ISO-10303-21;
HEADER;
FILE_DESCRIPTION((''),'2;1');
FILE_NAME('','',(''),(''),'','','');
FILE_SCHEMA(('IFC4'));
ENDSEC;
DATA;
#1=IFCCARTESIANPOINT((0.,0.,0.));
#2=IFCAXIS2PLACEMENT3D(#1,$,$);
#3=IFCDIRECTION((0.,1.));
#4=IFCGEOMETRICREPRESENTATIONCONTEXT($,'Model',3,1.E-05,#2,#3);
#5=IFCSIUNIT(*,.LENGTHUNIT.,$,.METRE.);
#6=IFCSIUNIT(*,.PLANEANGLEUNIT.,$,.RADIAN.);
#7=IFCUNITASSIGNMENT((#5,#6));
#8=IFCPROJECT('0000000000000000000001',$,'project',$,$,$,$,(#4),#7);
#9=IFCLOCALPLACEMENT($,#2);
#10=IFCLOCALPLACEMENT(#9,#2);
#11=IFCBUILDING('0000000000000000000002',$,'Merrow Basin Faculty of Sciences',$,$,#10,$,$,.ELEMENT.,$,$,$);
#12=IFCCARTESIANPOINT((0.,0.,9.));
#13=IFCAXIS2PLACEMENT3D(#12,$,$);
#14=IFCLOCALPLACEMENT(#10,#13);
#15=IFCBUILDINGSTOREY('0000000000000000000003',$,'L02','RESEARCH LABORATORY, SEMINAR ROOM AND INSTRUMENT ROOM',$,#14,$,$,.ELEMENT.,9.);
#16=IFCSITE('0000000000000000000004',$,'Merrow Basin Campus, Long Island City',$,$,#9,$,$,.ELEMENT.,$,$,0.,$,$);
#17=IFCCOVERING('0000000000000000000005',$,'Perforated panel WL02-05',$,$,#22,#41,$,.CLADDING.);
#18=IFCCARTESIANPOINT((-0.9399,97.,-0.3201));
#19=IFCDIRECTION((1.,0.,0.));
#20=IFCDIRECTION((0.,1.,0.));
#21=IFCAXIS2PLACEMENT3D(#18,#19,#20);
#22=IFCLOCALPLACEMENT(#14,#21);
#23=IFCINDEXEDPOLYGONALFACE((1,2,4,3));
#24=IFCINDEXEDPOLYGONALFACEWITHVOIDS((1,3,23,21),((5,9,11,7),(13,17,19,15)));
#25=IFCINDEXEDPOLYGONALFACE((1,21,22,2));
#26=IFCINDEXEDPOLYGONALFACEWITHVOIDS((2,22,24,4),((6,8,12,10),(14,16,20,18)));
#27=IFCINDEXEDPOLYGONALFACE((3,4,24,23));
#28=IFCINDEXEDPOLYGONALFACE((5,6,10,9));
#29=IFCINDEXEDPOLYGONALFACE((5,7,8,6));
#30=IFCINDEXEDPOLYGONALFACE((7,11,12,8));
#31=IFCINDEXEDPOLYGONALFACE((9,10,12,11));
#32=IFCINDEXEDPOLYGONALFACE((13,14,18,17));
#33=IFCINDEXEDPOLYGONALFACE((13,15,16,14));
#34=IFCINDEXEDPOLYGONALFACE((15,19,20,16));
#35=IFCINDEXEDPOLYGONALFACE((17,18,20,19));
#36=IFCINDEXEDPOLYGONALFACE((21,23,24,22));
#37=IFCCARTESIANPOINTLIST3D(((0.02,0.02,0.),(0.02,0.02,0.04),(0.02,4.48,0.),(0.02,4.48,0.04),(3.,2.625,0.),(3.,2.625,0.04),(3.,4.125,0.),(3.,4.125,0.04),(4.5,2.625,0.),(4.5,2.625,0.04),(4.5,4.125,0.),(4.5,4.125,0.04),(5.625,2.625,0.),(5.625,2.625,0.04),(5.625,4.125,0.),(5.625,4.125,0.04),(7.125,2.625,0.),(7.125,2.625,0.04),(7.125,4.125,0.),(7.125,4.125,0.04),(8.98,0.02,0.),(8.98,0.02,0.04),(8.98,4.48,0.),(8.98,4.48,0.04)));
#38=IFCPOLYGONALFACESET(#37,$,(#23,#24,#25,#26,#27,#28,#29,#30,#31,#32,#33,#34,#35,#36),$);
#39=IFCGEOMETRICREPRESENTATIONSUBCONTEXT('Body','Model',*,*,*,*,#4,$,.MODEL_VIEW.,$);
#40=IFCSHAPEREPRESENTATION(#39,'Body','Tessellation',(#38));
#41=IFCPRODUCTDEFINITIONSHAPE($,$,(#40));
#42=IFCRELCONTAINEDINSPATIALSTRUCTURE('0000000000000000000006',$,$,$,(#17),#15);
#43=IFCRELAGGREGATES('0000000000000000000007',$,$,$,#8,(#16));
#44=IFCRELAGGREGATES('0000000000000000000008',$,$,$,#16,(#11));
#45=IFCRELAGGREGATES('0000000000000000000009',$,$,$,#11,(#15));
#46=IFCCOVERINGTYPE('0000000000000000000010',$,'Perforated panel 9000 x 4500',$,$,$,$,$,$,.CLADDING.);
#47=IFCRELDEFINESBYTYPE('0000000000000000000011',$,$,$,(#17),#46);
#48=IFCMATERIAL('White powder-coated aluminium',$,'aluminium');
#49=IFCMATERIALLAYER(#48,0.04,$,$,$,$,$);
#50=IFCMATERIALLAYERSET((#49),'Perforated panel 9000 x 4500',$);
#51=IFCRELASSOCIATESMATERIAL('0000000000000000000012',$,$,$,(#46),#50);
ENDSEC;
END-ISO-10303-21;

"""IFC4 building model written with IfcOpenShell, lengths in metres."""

from ifc_helpers import new_model, si_unit, direction, frame, origin, place, context, subcontext, project, spatial, polyline, outline, extrude, source, transform, mapped, material, layer, layer_set, type_object, element, save


model = new_model("IFC4")

# Units and contexts
model_context = context("Model", 3, precision=1e-05, world=origin(), true_north=direction((0.0, 1.0)))
body_context = subcontext(model_context, "Body", "Model", "MODEL_VIEW")
ifc_project = project(units=[si_unit("LENGTHUNIT", "METRE"), si_unit("PLANEANGLEUNIT", "RADIAN")], contexts=[model_context])

# Site, building, storey
site_placement = place(None, origin())
site = spatial("IfcSite", under=ifc_project, at=site_placement, Name="Merrow Basin Campus, Long Island City", CompositionType="ELEMENT", RefElevation=0.0)
building_placement = place(site_placement, origin())
building = spatial("IfcBuilding", under=site, at=building_placement, Name="Merrow Basin Faculty of Sciences", CompositionType="ELEMENT")
storey_placement = place(building_placement, frame((0.0, 0.0, 9.0)))
storey = spatial("IfcBuildingStorey", under=building, at=storey_placement, Name="L02", Description="RESEARCH LABORATORY, SEMINAR ROOM AND INSTRUMENT ROOM", CompositionType="ELEMENT", Elevation=9.0)

# Covering
ifc_material_1 = material(Name="White powder-coated aluminium", Category="aluminium")
ifc_layer_1 = layer(ifc_material_1, 0.04)
ifc_layer_set_1 = layer_set([ifc_layer_1], Name="Perforated panel 9000 x 4500")
covering_type = type_object("IfcCoveringType", Name="Perforated panel 9000 x 4500", PredefinedType="CLADDING", material=ifc_layer_set_1)
shared_shape_1 = source(origin(), body_context, "Body", "SweptSolid", [
    extrude(outline(polyline([(0.02, 0.02), (8.98, 0.02), (8.98, 4.48), (0.02, 4.48), (0.02, 0.02)]), holes=[polyline([(3.0, 2.625), (4.5, 2.625), (4.5, 4.125), (3.0, 4.125), (3.0, 2.625)]), polyline([(5.625, 2.625), (7.125, 2.625), (7.125, 4.125), (5.625, 4.125), (5.625, 2.625)])]), origin(), (0.0, 0.0, 1.0), 0.04),
])
covering_placement = place(storey_placement, frame((-0.9399, 97.0, -0.3201), z_axis=(1.0, 0.0, 0.0), x_axis=(0.0, 1.0, 0.0)))
element("IfcCovering", 1, at=covering_placement, inside=storey, type_object=covering_type, Name="Perforated panel WL02-05", PredefinedType="CLADDING", context=body_context, shape_type="MappedRepresentation", body=[
    mapped(shared_shape_1, transform((0.0, 0.0, 0.0), scale=1.0)),
])

save(model, "model.ifc")
